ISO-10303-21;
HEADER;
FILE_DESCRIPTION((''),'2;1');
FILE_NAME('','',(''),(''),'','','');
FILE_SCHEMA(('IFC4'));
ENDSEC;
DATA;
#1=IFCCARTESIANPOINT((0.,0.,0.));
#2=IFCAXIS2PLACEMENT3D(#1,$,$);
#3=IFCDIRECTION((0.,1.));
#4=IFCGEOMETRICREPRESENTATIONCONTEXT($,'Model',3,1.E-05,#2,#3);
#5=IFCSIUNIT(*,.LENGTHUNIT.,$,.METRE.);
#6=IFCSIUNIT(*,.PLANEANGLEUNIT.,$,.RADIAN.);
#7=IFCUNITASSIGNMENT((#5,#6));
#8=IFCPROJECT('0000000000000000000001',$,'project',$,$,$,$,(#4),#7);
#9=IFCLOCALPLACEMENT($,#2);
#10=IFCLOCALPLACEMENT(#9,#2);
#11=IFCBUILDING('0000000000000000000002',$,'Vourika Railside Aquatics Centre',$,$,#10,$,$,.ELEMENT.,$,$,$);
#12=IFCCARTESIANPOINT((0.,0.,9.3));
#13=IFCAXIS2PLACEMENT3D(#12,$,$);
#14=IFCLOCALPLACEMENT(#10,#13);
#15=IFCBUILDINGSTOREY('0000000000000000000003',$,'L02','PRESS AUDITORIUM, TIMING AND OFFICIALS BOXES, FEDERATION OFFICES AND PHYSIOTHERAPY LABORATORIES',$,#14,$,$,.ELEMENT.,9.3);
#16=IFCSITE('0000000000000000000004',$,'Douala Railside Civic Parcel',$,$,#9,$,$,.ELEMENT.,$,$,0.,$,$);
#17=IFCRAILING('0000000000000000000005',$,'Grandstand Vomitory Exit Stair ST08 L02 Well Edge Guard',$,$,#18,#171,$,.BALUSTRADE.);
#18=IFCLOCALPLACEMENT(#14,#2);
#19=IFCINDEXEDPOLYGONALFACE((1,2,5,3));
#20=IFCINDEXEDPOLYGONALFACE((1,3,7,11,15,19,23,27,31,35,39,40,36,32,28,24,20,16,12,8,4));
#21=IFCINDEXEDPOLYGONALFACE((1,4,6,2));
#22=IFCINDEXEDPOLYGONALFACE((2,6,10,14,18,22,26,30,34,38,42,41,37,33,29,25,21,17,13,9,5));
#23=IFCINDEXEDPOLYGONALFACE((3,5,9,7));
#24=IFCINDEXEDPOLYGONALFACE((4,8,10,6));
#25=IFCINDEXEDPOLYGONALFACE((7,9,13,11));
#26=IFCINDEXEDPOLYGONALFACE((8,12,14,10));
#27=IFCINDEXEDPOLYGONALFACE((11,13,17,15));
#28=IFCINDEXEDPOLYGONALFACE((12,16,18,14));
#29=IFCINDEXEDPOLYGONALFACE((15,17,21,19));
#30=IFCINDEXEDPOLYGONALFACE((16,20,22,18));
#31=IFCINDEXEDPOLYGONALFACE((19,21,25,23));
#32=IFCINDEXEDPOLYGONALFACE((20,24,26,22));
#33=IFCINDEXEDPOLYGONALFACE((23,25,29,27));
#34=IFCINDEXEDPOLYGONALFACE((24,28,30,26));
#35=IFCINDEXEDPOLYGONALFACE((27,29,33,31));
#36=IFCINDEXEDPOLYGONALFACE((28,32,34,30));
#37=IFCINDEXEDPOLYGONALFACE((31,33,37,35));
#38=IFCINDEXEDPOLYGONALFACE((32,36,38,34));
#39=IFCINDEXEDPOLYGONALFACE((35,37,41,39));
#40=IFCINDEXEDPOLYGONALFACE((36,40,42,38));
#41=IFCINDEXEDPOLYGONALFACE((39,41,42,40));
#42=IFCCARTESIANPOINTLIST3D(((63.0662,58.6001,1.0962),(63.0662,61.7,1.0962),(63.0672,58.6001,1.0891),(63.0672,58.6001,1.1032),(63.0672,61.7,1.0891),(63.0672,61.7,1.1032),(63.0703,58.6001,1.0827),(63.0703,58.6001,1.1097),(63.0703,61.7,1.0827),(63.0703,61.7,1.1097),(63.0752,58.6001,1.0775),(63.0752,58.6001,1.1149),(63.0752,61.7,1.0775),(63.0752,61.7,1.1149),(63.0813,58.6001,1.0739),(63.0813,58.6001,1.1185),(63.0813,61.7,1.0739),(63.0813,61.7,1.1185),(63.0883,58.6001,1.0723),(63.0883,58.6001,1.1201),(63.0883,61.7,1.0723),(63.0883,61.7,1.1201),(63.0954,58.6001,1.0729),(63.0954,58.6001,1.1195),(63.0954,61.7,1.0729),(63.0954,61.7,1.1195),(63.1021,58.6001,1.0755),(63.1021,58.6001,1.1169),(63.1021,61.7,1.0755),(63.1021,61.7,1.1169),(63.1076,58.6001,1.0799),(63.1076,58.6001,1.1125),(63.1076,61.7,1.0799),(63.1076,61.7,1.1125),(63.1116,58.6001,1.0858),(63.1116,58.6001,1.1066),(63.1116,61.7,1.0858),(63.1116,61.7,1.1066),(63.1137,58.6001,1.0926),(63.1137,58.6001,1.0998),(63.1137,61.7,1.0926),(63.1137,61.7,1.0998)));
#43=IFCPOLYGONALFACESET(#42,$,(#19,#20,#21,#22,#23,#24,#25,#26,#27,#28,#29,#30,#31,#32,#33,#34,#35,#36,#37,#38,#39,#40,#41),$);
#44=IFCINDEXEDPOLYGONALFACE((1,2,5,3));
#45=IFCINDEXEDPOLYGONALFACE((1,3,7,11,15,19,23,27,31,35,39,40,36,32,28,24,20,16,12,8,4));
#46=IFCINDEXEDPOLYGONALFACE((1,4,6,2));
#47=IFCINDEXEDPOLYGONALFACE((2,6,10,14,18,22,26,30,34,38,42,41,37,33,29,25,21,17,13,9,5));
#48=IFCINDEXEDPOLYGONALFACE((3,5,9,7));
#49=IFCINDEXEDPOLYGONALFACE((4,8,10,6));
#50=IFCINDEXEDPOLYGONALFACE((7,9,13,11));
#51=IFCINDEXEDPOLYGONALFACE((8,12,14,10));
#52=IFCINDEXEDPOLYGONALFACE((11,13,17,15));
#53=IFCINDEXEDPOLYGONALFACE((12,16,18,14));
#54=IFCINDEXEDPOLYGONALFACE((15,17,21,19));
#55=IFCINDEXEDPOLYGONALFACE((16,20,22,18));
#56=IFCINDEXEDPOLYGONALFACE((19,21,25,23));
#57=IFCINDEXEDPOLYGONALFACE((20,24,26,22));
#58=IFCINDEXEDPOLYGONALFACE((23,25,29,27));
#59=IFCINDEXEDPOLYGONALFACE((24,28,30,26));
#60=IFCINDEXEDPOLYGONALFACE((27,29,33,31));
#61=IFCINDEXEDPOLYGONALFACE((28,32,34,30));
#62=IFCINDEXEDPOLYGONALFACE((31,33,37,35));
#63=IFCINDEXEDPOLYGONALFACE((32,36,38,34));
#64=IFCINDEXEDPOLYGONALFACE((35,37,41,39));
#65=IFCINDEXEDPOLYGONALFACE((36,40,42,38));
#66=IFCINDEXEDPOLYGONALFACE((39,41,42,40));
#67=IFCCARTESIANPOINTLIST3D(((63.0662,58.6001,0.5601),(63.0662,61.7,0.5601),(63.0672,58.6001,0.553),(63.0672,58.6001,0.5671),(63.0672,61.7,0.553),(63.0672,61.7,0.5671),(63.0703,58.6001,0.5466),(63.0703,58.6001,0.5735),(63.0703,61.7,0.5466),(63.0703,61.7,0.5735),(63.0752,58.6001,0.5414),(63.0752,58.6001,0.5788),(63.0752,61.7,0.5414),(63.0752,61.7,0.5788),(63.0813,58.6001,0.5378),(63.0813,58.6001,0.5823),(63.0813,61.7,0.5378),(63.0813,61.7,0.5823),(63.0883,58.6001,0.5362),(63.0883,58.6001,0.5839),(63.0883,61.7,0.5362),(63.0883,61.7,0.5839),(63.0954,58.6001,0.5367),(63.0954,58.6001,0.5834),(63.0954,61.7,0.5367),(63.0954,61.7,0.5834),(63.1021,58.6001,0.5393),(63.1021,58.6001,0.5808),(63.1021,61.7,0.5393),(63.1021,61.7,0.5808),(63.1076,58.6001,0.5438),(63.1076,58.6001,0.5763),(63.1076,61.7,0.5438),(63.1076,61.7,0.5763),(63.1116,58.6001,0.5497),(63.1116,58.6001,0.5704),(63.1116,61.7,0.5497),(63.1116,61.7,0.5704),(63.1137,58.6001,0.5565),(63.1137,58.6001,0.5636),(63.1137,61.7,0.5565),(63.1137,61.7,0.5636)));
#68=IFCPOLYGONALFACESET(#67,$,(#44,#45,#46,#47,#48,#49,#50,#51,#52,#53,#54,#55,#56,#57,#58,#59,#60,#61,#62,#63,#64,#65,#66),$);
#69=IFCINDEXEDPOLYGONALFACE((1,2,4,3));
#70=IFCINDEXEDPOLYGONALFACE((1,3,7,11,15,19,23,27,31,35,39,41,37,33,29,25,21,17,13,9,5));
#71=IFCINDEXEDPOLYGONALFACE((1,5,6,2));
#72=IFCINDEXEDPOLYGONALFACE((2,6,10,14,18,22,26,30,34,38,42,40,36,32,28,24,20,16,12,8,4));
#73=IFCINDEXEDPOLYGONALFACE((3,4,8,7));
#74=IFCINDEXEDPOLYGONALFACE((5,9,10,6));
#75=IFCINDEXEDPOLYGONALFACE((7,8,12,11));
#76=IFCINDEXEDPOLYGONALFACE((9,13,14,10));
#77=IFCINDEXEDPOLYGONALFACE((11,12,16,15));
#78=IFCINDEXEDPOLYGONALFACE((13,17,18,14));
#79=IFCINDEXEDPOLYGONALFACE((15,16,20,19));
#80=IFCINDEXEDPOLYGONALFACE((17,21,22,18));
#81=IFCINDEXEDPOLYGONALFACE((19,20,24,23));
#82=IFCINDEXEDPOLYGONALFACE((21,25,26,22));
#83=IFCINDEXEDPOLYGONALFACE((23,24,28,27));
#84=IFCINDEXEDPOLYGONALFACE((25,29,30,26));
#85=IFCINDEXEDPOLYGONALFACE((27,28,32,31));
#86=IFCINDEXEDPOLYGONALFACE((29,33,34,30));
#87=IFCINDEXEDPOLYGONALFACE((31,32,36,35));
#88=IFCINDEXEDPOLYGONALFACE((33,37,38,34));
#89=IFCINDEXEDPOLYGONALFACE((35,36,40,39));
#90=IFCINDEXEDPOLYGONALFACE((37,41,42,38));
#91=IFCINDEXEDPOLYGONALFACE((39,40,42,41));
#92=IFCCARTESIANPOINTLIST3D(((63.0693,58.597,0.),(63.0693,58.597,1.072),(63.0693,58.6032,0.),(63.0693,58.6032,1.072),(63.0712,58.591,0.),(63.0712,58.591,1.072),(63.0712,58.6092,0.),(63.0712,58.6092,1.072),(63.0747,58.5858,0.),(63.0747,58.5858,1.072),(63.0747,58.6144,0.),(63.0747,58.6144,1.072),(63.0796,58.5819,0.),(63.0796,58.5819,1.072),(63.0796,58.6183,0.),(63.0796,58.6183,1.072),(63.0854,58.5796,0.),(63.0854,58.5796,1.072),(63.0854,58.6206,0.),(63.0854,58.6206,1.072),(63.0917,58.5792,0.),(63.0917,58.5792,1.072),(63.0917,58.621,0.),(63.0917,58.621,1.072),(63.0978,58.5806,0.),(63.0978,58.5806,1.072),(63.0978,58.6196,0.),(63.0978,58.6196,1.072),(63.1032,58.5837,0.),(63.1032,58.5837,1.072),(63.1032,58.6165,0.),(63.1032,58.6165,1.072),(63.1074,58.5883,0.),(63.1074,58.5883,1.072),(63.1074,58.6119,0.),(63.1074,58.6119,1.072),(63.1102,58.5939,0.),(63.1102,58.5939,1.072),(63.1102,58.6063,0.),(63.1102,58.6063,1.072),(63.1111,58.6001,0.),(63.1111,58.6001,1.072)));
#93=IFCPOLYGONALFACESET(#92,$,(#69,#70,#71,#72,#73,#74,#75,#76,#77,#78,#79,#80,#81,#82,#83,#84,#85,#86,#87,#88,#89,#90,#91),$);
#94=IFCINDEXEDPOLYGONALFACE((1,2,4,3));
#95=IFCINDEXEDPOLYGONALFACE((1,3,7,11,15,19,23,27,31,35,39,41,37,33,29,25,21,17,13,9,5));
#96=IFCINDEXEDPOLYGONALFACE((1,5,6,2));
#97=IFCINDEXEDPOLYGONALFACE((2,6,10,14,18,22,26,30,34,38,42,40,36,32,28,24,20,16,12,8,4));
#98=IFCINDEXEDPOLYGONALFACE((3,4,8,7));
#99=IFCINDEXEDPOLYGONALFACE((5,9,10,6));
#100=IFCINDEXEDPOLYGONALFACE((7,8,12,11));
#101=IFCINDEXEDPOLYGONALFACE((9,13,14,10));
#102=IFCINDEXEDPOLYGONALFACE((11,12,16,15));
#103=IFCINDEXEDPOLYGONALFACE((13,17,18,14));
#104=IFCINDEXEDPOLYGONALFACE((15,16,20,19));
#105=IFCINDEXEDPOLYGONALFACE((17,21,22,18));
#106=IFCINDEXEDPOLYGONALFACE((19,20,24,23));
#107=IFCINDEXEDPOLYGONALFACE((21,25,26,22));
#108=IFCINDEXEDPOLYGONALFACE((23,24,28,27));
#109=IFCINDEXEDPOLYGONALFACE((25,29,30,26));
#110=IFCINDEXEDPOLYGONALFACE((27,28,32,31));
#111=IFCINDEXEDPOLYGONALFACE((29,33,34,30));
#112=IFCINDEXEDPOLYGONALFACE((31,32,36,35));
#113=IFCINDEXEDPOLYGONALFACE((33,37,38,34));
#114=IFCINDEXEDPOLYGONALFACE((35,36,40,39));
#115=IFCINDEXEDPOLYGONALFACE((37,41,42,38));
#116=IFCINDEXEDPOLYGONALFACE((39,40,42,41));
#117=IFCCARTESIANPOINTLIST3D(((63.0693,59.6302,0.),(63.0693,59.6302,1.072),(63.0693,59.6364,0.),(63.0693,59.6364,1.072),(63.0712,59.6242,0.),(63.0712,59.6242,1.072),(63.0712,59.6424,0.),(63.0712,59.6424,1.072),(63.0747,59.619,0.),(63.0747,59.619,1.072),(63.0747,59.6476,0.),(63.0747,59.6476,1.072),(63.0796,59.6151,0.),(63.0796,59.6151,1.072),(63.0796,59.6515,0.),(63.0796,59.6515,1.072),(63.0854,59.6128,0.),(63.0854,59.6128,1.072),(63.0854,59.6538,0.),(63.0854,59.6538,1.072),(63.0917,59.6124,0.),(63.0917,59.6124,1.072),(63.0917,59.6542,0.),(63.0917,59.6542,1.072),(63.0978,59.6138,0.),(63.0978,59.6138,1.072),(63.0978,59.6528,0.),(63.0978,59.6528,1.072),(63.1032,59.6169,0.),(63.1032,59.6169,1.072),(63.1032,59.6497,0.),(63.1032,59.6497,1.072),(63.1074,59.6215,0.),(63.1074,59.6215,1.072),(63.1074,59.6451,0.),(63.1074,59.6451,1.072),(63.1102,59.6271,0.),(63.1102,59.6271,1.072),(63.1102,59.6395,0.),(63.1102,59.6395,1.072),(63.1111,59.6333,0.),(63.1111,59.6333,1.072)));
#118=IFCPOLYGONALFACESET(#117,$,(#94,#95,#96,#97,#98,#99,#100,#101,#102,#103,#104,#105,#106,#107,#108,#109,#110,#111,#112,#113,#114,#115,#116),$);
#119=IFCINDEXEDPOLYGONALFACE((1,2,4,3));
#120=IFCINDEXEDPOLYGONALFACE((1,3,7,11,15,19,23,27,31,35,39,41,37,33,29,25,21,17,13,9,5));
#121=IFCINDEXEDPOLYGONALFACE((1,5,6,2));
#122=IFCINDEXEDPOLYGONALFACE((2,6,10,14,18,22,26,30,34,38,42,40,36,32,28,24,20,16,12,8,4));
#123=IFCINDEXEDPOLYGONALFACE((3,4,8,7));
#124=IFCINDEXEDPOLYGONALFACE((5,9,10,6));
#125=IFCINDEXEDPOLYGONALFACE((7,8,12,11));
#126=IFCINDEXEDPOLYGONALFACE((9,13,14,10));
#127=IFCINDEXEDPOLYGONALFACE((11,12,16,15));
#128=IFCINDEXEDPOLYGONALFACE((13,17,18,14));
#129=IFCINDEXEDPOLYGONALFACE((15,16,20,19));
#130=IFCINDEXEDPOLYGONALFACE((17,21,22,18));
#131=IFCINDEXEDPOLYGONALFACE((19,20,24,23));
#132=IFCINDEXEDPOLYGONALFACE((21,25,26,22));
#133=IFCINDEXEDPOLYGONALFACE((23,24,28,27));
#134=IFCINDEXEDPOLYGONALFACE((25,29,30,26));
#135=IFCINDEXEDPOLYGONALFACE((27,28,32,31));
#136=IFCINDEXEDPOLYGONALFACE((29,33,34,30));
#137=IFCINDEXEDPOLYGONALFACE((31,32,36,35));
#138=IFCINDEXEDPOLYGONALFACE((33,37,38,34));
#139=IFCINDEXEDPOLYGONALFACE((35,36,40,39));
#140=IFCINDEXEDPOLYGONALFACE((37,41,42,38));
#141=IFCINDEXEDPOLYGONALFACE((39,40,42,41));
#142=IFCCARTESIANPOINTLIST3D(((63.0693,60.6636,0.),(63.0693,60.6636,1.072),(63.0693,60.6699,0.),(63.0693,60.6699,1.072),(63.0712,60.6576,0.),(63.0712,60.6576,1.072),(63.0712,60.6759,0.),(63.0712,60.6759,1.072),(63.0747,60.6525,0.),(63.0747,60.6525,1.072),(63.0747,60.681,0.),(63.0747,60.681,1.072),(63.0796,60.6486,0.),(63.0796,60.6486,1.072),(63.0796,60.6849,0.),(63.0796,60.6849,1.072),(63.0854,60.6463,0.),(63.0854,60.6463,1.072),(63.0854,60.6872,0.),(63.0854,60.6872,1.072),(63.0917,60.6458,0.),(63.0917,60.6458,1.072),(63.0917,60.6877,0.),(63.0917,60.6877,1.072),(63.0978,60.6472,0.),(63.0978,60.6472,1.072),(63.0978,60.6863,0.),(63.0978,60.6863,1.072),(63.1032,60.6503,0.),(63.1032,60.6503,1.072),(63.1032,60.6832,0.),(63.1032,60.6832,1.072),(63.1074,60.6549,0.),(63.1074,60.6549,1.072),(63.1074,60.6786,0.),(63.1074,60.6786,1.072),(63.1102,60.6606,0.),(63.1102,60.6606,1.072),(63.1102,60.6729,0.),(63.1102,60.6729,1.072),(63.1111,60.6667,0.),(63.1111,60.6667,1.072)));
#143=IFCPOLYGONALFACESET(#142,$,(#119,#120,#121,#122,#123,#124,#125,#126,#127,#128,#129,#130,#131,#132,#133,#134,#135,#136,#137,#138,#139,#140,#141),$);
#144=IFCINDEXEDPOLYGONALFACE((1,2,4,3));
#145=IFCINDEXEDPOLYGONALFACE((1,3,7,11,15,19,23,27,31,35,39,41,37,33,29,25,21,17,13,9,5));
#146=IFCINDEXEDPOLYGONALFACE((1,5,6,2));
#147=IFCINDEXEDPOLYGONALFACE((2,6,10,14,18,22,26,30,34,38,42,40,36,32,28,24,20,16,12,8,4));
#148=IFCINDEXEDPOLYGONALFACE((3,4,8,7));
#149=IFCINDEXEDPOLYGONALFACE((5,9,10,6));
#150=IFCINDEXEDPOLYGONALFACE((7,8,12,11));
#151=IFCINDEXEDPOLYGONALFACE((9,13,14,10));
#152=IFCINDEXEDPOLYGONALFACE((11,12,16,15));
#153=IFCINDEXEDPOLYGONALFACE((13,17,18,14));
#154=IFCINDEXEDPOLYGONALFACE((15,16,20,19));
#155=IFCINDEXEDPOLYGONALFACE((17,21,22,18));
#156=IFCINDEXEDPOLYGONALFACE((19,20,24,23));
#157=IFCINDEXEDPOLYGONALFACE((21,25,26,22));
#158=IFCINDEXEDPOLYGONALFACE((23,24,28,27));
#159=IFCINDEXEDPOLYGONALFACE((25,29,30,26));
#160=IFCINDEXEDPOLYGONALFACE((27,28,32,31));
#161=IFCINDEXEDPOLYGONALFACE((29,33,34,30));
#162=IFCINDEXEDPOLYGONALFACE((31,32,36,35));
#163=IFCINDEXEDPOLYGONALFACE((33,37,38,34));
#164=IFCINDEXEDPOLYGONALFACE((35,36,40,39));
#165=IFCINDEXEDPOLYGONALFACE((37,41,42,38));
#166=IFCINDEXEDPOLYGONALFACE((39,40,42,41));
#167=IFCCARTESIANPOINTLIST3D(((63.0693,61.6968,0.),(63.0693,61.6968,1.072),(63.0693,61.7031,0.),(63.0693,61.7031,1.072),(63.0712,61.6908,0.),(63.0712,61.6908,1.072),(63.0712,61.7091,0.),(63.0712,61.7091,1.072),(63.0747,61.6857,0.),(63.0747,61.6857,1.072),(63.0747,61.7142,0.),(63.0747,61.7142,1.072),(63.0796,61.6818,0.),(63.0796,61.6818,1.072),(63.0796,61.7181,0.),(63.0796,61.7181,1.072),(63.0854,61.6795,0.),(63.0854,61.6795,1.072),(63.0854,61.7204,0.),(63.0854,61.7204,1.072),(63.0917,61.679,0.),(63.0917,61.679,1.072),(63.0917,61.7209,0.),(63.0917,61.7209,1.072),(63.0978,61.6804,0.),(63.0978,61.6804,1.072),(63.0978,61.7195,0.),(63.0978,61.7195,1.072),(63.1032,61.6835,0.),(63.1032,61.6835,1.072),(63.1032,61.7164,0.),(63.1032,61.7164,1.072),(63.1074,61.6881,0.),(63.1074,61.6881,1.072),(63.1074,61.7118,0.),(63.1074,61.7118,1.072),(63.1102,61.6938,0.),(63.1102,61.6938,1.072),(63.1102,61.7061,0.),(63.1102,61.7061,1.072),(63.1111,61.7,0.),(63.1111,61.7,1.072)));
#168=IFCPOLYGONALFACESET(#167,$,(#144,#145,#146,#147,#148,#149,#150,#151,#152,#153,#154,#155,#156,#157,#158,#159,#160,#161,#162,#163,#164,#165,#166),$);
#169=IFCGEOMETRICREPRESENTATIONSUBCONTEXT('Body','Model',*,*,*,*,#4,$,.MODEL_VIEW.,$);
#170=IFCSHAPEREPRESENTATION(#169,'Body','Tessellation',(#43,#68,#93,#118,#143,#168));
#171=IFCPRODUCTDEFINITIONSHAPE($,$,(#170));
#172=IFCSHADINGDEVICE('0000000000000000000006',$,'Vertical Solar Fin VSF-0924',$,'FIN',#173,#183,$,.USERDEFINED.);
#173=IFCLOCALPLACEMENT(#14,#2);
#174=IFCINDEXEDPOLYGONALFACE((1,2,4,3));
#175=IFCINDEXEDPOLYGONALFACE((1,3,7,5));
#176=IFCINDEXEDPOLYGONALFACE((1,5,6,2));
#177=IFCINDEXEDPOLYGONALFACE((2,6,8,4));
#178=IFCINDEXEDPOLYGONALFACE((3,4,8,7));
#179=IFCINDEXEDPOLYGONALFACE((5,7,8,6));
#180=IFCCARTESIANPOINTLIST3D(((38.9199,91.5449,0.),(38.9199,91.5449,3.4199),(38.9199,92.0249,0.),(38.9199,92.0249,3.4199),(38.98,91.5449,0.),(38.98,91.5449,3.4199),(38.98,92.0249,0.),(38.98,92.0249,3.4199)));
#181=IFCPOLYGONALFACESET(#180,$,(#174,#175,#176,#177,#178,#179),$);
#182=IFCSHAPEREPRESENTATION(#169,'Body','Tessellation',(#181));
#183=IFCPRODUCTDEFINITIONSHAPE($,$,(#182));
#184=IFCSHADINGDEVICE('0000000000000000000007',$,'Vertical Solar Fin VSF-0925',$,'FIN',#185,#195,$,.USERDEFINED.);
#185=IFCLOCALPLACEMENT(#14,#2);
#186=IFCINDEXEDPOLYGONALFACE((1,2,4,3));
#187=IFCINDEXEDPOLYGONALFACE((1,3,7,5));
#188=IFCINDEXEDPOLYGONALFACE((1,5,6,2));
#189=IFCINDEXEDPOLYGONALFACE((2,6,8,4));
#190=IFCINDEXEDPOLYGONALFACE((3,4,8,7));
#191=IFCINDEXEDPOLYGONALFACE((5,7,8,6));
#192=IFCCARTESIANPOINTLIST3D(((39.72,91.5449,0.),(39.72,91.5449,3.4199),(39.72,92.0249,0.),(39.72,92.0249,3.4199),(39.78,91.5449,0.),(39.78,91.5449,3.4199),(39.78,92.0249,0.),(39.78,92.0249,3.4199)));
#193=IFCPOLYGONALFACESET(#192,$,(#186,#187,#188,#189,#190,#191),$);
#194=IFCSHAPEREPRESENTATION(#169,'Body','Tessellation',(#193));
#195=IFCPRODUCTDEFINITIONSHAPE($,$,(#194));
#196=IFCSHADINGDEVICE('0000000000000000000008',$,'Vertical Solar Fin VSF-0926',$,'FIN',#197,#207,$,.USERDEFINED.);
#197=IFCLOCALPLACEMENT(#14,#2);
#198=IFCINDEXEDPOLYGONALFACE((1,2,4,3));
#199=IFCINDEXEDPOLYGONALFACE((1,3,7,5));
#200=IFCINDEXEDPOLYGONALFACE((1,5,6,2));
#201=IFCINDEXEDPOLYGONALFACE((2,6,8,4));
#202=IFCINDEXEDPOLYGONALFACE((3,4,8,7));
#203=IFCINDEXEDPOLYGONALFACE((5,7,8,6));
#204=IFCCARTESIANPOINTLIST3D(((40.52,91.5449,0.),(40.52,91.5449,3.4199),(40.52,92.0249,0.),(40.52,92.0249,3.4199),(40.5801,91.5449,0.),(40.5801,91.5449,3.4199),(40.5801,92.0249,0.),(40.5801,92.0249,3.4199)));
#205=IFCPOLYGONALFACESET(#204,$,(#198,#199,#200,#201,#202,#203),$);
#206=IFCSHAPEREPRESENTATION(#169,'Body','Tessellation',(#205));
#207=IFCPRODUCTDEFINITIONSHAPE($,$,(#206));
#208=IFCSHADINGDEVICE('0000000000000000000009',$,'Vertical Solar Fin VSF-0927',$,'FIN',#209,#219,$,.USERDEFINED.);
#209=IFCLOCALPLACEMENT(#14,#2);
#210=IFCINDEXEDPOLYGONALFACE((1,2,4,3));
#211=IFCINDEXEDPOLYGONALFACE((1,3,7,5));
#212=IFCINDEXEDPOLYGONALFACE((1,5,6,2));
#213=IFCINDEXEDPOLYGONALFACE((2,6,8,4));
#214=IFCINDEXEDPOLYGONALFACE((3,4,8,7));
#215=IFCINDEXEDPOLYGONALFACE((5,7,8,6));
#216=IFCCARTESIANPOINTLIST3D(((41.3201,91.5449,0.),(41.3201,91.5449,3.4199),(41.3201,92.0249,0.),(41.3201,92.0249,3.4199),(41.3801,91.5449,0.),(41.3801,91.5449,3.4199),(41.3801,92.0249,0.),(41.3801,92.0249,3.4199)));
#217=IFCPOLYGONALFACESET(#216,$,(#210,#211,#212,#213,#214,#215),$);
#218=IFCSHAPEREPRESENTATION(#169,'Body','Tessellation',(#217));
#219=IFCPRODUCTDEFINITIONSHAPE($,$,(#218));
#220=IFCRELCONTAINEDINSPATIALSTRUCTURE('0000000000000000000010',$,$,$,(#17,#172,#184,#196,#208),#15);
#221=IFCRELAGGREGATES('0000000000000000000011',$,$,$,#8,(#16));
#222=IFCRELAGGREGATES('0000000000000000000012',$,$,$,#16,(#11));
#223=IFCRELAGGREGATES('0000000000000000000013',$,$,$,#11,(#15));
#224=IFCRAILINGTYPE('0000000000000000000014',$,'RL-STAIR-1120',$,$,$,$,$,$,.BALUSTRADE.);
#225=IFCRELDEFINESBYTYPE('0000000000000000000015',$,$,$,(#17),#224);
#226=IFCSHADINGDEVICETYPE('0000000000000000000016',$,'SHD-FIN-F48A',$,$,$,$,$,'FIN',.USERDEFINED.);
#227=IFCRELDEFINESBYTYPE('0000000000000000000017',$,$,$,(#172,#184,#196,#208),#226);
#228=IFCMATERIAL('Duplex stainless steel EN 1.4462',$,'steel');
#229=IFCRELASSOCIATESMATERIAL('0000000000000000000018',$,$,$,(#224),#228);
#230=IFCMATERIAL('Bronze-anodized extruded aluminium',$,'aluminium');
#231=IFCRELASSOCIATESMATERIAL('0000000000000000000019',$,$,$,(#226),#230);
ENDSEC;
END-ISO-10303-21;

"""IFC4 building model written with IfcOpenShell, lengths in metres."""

from ifc_helpers import new_model, si_unit, direction, frame, origin, origin_2d, place, context, subcontext, project, spatial, rectangle, circle, extrude, material, material_profile, profile_set, type_object, element, save


model = new_model("IFC4")

# Units and contexts
model_context = context("Model", 3, precision=1e-05, world=origin(), true_north=direction((0.0, 1.0)))
body_context = subcontext(model_context, "Body", "Model", "MODEL_VIEW")
ifc_project = project(units=[si_unit("LENGTHUNIT", "METRE"), si_unit("PLANEANGLEUNIT", "RADIAN")], contexts=[model_context])

# Site, building, storey
site_placement = place(None, origin())
site = spatial("IfcSite", under=ifc_project, at=site_placement, Name="Douala Railside Civic Parcel", CompositionType="ELEMENT", RefElevation=0.0)
building_placement = place(site_placement, origin())
building = spatial("IfcBuilding", under=site, at=building_placement, Name="Vourika Railside Aquatics Centre", CompositionType="ELEMENT")
storey_placement = place(building_placement, frame((0.0, 0.0, 9.3)))
storey = spatial("IfcBuildingStorey", under=building, at=storey_placement, Name="L02", Description="PRESS AUDITORIUM, TIMING AND OFFICIALS BOXES, FEDERATION OFFICES AND PHYSIOTHERAPY LABORATORIES", CompositionType="ELEMENT", Elevation=9.3)

# Railing
ifc_material_1 = material(Name="Duplex stainless steel EN 1.4462", Category="steel")
railing_type_1 = type_object("IfcRailingType", Name="RL-STAIR-1120", PredefinedType="BALUSTRADE", material=ifc_material_1)
railing_1_placement = place(storey_placement, frame((63.0901, 58.6001, 0.0)))
element("IfcRailing", 1, at=railing_1_placement, inside=storey, type_object=railing_type_1, Name="Grandstand Vomitory Exit Stair ST08 L02 Well Edge Guard", PredefinedType="BALUSTRADE", context=body_context, shape_type="SweptSolid", body=[
    extrude(circle(Radius=0.0239, at=origin_2d()), frame((0.0, 0.0, 1.0962), z_axis=(0.0, 1.0, 0.0), x_axis=(-1.0, 0.0, 0.0)), (0.0, 0.0, 1.0), 3.0999),
    extrude(circle(Radius=0.0239, at=origin_2d()), frame((0.0, 0.0, 0.5601), z_axis=(0.0, 1.0, 0.0), x_axis=(-1.0, 0.0, 0.0)), (0.0, 0.0, 1.0), 3.0999),
    extrude(circle(Radius=0.021, at=origin_2d()), origin(), (0.0, 0.0, 1.0), 1.072),
    extrude(circle(Radius=0.021, at=origin_2d()), frame((0.0, 1.0332, 0.0)), (0.0, 0.0, 1.0), 1.072),
    extrude(circle(Radius=0.021, at=origin_2d()), frame((0.0, 2.0667, 0.0)), (0.0, 0.0, 1.0), 1.072),
    extrude(circle(Radius=0.021, at=origin_2d()), frame((0.0, 3.0999, 0.0)), (0.0, 0.0, 1.0), 1.072),
])

# Shading devices
ifc_material_2 = material(Name="Bronze-anodized extruded aluminium", Category="aluminium")
ifc_material_profile = material_profile(ifc_material_2, rectangle(XDim=0.0601, YDim=0.48, at=origin_2d()), Name="ALU-FIN 60x480")
ifc_profile_set = profile_set([ifc_material_profile], Name="Bronze-anodized extruded aluminium")
shading_device_type = type_object("IfcShadingDeviceType", Name="SHD-FIN-F48A", ElementType="FIN", PredefinedType="USERDEFINED", material=ifc_profile_set)
for number, where, z_axis, x_axis, name in (
    (2, (38.95, 91.7849, 0.0), (0.0, 0.0, 1.0), (-1.0, 0.0, 0.0), "Vertical Solar Fin VSF-0924"),
    (3, (39.75, 91.7849, 0.0), (0.0, 0.0, 1.0), (-1.0, 0.0, 0.0), "Vertical Solar Fin VSF-0925"),
    (4, (40.55, 91.7849, 0.0), (0.0, 0.0, 1.0), (-1.0, 0.0, 0.0), "Vertical Solar Fin VSF-0926"),
    (5, (41.3501, 91.7849, 0.0), (0.0, 0.0, 1.0), (-1.0, 0.0, 0.0), "Vertical Solar Fin VSF-0927"),
):
    element("IfcShadingDevice", number, at=place(storey_placement, frame(where, z_axis=z_axis, x_axis=x_axis)), inside=storey, type_object=shading_device_type, Name=name, ObjectType="FIN", PredefinedType="USERDEFINED", context=body_context, shape_type="SweptSolid", body=[
        extrude(rectangle(XDim=0.0601, YDim=0.48, at=origin_2d()), origin(), (0.0, 0.0, 1.0), 3.4199),
    ])

save(model, "model.ifc")
